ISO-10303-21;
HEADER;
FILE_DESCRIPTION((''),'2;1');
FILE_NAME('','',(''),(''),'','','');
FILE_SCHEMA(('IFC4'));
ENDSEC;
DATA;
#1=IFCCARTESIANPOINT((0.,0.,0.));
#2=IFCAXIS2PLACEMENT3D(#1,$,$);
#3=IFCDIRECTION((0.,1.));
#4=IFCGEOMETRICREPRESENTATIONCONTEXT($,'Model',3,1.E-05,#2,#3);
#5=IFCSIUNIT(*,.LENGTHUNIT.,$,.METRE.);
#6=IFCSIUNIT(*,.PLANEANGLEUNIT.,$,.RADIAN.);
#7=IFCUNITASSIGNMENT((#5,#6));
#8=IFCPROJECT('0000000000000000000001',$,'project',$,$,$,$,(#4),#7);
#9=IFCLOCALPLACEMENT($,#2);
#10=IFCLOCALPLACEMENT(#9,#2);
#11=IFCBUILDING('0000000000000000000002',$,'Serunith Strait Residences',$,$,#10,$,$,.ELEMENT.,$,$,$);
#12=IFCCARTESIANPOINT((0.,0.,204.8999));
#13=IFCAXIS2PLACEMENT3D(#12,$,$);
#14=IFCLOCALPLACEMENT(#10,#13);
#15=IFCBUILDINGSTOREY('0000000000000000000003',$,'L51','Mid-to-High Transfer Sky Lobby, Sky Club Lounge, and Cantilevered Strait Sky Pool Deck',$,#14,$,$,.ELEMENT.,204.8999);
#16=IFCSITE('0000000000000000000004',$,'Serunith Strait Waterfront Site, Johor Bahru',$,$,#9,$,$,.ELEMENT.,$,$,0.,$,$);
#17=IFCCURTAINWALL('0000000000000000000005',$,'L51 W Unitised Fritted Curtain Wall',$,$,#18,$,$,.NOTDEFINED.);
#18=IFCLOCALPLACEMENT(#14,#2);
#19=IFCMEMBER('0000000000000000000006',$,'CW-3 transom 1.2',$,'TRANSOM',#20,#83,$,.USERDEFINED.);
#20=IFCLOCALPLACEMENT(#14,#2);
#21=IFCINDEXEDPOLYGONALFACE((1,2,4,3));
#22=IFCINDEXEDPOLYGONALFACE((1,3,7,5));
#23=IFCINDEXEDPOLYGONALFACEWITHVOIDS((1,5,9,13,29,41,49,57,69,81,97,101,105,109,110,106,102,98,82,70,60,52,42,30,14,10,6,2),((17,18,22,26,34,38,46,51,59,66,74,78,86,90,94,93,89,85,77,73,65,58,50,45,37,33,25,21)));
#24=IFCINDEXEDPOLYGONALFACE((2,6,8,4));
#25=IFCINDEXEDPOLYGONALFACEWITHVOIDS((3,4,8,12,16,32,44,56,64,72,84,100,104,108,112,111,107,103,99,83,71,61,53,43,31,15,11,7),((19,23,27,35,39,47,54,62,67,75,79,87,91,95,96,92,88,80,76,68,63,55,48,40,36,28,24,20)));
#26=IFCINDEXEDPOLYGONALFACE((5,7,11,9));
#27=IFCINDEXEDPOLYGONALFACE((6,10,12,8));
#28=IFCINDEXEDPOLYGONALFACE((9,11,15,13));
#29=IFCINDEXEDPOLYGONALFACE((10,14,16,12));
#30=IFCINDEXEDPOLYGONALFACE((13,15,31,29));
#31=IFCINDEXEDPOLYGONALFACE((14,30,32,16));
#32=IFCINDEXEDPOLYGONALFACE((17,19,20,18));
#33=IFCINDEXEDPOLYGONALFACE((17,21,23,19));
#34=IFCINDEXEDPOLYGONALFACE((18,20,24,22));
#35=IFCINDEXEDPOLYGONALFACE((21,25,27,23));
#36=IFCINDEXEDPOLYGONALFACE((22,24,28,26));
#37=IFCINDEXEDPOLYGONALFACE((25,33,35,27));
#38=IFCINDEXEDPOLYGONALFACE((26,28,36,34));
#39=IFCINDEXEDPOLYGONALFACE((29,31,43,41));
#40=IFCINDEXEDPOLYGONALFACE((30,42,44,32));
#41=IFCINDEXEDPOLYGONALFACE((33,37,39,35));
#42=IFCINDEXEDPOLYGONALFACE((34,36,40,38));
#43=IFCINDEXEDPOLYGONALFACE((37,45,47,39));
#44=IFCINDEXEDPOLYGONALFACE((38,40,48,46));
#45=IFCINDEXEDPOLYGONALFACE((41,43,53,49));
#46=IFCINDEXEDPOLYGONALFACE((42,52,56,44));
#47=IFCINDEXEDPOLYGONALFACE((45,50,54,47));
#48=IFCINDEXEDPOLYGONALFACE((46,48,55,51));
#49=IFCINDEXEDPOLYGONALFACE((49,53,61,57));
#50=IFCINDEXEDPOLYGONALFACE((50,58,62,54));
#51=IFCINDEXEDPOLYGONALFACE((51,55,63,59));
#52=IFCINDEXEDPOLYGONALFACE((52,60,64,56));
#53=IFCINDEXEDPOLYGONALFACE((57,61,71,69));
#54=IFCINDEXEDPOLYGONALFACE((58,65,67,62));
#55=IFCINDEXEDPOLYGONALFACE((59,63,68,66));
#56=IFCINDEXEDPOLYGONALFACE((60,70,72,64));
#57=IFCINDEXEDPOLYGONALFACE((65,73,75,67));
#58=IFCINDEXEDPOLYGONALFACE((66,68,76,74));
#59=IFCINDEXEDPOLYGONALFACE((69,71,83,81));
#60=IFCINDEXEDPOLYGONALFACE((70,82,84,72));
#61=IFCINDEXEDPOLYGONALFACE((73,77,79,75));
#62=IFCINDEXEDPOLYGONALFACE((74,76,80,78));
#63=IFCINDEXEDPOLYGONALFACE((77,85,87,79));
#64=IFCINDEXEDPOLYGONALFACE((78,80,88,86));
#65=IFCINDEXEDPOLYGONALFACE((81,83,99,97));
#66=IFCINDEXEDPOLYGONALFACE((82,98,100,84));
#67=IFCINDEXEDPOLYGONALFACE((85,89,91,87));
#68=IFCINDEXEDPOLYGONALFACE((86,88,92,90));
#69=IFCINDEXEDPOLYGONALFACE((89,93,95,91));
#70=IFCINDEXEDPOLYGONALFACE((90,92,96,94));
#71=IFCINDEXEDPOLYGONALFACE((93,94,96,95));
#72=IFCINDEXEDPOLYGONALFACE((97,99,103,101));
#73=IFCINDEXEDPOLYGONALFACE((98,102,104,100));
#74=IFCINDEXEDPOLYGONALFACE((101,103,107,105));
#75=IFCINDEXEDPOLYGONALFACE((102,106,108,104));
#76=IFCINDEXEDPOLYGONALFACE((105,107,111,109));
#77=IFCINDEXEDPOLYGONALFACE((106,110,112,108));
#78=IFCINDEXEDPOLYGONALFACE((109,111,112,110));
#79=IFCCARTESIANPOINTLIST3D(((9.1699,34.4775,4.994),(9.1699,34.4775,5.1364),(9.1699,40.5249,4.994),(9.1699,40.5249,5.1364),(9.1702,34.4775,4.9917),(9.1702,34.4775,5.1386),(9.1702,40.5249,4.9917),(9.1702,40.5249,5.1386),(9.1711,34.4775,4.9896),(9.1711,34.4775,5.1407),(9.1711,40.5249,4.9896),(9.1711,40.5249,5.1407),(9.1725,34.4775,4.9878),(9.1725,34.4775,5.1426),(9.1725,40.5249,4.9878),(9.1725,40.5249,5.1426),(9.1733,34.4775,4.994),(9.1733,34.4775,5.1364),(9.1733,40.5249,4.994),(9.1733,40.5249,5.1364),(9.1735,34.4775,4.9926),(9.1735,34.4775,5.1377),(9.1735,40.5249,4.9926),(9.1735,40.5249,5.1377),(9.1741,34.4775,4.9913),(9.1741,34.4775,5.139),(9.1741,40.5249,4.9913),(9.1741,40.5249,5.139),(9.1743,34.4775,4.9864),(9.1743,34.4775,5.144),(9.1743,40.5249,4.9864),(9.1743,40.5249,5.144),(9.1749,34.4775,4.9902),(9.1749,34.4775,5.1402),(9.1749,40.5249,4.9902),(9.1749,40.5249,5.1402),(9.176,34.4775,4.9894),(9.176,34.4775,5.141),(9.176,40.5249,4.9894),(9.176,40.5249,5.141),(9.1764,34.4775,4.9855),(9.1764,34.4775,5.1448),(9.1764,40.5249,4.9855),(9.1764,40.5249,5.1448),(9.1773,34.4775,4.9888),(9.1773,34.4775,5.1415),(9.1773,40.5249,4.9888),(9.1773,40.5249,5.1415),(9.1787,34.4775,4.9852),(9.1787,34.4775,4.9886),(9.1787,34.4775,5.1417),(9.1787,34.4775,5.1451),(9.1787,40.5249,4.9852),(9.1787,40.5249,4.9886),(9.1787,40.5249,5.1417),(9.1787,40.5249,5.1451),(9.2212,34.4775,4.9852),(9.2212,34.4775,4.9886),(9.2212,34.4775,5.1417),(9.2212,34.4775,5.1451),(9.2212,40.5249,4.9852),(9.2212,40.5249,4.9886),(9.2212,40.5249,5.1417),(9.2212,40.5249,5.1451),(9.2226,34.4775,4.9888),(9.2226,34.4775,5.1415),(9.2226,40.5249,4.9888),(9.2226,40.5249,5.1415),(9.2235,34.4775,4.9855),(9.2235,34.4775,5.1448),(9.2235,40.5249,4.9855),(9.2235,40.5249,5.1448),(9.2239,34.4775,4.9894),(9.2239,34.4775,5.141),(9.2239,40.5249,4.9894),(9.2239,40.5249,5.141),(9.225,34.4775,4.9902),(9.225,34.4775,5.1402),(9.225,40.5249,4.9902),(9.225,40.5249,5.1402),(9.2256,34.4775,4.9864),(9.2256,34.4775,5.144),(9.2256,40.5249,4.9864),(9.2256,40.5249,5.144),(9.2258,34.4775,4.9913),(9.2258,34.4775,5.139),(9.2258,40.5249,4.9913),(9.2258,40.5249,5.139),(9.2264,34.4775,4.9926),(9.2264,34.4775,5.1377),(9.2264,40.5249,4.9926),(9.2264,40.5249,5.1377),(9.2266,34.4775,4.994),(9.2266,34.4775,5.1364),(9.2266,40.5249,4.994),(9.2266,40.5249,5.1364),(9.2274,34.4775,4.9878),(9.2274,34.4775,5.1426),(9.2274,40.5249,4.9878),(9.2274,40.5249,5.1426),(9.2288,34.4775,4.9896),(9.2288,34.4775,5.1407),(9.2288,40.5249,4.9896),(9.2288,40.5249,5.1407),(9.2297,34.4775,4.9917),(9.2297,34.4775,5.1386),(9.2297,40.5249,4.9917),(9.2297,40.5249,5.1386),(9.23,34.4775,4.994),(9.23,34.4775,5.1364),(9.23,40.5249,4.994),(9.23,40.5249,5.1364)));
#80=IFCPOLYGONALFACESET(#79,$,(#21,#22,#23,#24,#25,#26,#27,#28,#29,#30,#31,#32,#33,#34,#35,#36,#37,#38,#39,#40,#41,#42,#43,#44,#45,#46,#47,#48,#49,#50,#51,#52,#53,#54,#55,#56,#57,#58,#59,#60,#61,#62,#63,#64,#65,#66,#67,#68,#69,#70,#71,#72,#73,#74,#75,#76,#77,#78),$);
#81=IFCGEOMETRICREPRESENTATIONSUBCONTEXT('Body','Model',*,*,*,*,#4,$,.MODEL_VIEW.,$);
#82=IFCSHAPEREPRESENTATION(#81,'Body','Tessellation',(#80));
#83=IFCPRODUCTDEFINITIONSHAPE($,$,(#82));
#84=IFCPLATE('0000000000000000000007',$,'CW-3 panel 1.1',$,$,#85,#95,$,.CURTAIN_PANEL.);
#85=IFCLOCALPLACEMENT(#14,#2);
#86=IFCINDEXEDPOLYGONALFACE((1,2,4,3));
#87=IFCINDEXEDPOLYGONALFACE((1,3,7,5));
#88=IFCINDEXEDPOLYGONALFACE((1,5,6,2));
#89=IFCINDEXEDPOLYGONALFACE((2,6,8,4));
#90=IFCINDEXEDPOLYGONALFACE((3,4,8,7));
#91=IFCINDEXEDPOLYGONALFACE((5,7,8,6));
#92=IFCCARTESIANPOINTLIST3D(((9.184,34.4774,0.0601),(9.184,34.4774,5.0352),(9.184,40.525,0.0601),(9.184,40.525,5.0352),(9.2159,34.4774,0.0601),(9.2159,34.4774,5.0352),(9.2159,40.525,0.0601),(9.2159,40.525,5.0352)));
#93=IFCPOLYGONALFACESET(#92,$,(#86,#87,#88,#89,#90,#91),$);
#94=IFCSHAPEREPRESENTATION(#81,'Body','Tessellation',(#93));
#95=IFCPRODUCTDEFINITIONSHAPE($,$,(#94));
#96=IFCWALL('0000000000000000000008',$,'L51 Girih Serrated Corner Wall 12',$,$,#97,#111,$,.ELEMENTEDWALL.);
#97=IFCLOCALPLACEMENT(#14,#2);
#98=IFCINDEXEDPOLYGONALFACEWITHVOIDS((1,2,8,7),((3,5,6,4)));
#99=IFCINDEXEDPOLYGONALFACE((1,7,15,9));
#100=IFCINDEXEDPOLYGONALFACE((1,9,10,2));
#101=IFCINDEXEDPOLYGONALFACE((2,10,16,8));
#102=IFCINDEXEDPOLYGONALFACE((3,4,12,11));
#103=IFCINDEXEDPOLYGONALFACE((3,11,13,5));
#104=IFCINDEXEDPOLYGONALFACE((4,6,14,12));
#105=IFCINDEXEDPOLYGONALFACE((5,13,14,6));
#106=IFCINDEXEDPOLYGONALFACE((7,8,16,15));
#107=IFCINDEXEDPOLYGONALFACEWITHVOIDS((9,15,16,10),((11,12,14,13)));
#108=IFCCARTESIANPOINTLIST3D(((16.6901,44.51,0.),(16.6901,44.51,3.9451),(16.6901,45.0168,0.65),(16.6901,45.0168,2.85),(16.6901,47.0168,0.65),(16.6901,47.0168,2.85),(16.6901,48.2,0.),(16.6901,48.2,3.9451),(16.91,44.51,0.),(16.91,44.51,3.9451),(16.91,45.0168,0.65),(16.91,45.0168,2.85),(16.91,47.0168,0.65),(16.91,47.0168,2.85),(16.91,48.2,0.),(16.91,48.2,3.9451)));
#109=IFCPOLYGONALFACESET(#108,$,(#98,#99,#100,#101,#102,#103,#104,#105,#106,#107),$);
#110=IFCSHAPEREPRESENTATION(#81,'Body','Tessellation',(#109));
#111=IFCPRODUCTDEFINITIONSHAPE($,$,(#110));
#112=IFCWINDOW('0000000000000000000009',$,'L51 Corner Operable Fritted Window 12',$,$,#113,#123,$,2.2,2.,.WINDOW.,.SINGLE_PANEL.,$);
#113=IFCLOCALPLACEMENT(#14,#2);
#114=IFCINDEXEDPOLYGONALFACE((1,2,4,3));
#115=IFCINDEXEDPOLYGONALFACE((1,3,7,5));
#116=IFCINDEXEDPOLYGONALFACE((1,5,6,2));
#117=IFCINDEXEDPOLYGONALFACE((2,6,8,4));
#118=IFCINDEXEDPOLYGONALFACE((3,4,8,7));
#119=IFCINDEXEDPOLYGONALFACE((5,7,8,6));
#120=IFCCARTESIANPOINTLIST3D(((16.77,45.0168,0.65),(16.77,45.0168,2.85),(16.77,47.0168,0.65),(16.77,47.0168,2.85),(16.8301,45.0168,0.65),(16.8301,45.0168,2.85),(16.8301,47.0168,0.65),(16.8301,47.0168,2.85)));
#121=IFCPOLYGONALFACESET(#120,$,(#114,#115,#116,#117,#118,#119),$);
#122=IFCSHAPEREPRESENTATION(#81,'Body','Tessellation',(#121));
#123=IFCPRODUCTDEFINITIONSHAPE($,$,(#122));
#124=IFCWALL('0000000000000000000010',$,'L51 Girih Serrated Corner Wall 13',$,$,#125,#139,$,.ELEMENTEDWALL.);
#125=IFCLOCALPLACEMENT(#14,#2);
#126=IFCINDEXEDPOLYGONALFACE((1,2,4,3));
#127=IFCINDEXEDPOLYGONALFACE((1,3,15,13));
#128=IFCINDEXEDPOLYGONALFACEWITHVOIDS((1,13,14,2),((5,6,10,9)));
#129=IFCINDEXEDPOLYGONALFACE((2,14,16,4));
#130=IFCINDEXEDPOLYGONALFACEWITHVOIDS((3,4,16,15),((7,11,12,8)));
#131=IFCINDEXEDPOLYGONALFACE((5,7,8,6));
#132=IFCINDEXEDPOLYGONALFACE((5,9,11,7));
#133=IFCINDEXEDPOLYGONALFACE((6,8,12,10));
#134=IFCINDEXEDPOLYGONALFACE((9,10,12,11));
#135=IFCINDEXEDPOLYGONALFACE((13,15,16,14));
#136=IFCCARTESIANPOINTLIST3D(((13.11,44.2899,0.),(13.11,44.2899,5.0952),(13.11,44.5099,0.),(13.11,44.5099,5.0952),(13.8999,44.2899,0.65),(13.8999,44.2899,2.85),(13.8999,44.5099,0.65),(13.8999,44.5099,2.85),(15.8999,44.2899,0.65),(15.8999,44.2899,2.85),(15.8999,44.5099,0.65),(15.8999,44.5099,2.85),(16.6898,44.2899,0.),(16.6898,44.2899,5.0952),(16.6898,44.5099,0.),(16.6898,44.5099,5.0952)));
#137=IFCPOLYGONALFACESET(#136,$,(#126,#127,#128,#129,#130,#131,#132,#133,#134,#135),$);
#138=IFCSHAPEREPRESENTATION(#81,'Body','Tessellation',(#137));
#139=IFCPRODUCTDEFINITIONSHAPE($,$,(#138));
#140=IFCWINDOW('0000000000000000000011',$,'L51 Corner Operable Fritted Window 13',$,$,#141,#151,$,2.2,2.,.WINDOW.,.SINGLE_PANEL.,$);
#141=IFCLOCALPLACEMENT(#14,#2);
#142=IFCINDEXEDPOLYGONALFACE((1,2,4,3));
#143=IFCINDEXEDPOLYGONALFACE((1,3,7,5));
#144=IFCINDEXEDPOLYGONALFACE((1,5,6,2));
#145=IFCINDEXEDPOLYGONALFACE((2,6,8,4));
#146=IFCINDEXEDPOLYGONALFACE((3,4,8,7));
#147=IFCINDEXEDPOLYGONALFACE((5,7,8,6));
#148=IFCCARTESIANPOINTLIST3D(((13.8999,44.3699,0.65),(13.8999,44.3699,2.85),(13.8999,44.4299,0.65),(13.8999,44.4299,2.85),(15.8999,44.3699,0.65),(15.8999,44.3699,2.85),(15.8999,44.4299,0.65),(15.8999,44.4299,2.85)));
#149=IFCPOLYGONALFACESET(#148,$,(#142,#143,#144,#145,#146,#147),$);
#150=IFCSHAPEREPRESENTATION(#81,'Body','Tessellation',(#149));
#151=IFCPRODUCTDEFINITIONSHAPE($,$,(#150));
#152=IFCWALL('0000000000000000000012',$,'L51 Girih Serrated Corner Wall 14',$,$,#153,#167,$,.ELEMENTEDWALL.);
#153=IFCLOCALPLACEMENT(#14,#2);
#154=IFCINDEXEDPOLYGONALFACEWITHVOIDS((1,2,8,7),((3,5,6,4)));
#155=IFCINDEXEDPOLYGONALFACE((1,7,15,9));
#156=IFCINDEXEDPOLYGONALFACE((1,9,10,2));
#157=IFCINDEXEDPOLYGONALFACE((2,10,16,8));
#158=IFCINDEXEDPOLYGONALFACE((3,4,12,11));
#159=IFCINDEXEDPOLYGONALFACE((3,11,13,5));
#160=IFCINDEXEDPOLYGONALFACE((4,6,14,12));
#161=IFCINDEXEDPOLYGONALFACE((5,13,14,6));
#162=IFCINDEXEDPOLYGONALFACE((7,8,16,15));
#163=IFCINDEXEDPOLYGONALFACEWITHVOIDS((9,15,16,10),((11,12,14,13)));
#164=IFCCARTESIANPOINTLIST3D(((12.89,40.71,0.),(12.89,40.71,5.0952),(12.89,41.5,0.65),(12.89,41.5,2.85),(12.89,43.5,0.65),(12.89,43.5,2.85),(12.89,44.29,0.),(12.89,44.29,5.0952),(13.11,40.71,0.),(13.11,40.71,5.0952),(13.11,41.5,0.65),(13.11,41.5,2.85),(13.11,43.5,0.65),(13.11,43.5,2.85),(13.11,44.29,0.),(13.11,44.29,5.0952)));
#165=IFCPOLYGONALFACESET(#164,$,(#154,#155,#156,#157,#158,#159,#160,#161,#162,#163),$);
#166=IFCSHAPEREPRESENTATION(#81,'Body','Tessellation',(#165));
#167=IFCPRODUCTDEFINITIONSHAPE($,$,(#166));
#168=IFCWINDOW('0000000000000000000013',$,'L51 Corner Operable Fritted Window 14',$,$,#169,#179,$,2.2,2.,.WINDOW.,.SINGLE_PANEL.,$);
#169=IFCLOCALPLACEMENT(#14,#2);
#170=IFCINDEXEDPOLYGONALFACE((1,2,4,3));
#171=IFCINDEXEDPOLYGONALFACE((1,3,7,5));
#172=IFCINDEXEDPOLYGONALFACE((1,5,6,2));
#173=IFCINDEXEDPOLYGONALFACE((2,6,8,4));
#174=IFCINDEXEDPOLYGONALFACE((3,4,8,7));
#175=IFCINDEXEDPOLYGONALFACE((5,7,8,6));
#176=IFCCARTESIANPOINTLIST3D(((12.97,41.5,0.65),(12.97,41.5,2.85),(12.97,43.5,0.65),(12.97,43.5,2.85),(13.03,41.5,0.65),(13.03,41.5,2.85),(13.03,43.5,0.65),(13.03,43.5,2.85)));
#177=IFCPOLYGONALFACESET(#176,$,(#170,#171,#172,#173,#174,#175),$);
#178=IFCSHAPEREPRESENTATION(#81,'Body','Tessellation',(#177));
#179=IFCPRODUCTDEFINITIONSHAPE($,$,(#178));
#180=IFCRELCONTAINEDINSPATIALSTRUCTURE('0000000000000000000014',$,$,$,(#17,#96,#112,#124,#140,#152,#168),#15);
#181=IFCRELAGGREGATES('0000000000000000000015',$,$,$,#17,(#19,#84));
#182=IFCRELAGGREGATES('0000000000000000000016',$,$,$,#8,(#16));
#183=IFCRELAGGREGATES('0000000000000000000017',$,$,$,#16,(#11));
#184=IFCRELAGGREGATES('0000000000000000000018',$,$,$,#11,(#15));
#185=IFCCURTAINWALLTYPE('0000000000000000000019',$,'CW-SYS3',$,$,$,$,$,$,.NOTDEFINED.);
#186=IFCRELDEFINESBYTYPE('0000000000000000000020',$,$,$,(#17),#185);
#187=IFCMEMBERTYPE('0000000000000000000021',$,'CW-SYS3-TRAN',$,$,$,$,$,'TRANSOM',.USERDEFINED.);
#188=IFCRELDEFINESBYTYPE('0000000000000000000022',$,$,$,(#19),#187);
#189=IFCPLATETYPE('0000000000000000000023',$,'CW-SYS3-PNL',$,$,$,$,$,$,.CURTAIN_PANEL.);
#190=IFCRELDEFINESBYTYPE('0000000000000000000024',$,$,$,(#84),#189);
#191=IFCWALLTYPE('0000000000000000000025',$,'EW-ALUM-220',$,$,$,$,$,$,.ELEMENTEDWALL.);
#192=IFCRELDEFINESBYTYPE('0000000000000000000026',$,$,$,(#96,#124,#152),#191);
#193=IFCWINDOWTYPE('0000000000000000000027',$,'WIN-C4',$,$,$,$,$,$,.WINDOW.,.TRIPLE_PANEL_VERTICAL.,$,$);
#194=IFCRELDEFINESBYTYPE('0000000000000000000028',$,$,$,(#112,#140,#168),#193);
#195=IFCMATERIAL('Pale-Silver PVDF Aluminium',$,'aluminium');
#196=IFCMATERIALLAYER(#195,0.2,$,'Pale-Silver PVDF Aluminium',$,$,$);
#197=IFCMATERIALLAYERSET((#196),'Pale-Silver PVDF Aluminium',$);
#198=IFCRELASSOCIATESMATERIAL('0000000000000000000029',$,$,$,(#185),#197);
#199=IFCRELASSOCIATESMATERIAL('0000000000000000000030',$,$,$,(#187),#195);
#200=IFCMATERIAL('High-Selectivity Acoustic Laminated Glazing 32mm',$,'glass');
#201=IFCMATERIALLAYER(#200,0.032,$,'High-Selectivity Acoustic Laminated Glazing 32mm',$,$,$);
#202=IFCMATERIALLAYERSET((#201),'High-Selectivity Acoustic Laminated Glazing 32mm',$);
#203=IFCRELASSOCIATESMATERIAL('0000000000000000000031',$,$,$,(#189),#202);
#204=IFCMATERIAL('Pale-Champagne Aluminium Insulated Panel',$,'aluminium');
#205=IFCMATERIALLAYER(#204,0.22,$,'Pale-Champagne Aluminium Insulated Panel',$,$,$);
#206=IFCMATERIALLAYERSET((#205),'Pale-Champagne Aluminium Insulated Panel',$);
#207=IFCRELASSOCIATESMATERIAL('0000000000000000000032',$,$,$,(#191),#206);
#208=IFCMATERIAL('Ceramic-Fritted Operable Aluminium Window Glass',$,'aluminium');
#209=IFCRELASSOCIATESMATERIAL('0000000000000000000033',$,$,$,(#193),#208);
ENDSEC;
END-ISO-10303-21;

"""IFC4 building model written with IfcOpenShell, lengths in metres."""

from ifc_helpers import new_model, si_unit, direction, frame, frame_2d, origin, origin_2d, place, context, subcontext, project, spatial, rectangle, hollow_rectangle, extrude, source, transform, mapped, material, layer, layer_set, material_profile, profile_set, type_object, element, fill, aggregate, save


model = new_model("IFC4")

# Units and contexts
model_context = context("Model", 3, precision=1e-05, world=origin(), true_north=direction((0.0, 1.0)))
body_context = subcontext(model_context, "Body", "Model", "MODEL_VIEW")
ifc_project = project(units=[si_unit("LENGTHUNIT", "METRE"), si_unit("PLANEANGLEUNIT", "RADIAN")], contexts=[model_context])

# Site, building, storey
site_placement = place(None, origin())
site = spatial("IfcSite", under=ifc_project, at=site_placement, Name="Serunith Strait Waterfront Site, Johor Bahru", CompositionType="ELEMENT", RefElevation=0.0)
building_placement = place(site_placement, origin())
building = spatial("IfcBuilding", under=site, at=building_placement, Name="Serunith Strait Residences", CompositionType="ELEMENT")
storey_placement = place(building_placement, frame((0.0, 0.0, 204.8999)))
storey = spatial("IfcBuildingStorey", under=building, at=storey_placement, Name="L51", Description="Mid-to-High Transfer Sky Lobby, Sky Club Lounge, and Cantilevered Strait Sky Pool Deck", CompositionType="ELEMENT", Elevation=204.8999)

# Shared definitions
ifc_material_1 = material(Name="Pale-Silver PVDF Aluminium", Category="aluminium")
ifc_layer_1 = layer(ifc_material_1, 0.2, Name="Pale-Silver PVDF Aluminium")
ifc_layer_set_1 = layer_set([ifc_layer_1], Name="Pale-Silver PVDF Aluminium")
curtain_wall_type = type_object("IfcCurtainWallType", Name="CW-SYS3", PredefinedType="NOTDEFINED", material=ifc_layer_set_1)

# Curtain wall, member, plate
curtain_wall_1_placement = place(storey_placement, origin())
curtain_wall_1 = element("IfcCurtainWall", 1, at=curtain_wall_1_placement, inside=storey, type_object=curtain_wall_type, Name="L51 W Unitised Fritted Curtain Wall", PredefinedType="NOTDEFINED")
ifc_material_profile_1 = material_profile(ifc_material_1, hollow_rectangle(XDim=0.0601, YDim=0.1599, WallThickness=0.0034, InnerFilletRadius=0.0054, OuterFilletRadius=0.0088, at=origin_2d()), Name="ALU 160x60x3.5")
ifc_profile_set_1 = profile_set([ifc_material_profile_1], Name="Pale-Silver PVDF Aluminium")
member_type_1 = type_object("IfcMemberType", Name="CW-SYS3-TRAN", ElementType="TRANSOM", PredefinedType="USERDEFINED", material=ifc_profile_set_1)
shared_shape_1 = source(origin(), body_context, "Body", "SweptSolid", [
    extrude(hollow_rectangle(XDim=0.0601, YDim=0.1599, WallThickness=0.0034, InnerFilletRadius=0.0054, OuterFilletRadius=0.0088, at=origin_2d()), origin(), (0.0, 0.0, 1.0), 6.0474),
])
member_1_placement = place(storey_placement, frame((9.2, 40.5249, 5.0652), z_axis=(0.0, -1.0, 0.0), x_axis=(1.0, 0.0, 0.0)))
member_1 = element("IfcMember", 2, at=member_1_placement, type_object=member_type_1, Name="CW-3 transom 1.2", ObjectType="TRANSOM", PredefinedType="USERDEFINED", context=body_context, shape_type="MappedRepresentation", body=[
    mapped(shared_shape_1, transform((0.0, 0.0, 0.0), scale=1.0)),
])
ifc_material_2 = material(Name="High-Selectivity Acoustic Laminated Glazing 32mm", Category="glass")
ifc_layer_2 = layer(ifc_material_2, 0.032, Name="High-Selectivity Acoustic Laminated Glazing 32mm")
ifc_layer_set_2 = layer_set([ifc_layer_2], Name="High-Selectivity Acoustic Laminated Glazing 32mm")
plate_type = type_object("IfcPlateType", Name="CW-SYS3-PNL", PredefinedType="CURTAIN_PANEL", material=ifc_layer_set_2)
shared_shape_2 = source(origin(), body_context, "Body", "SweptSolid", [
    extrude(rectangle(XDim=6.0476, YDim=0.032, at=origin_2d()), origin(), (0.0, 0.0, 1.0), 4.9751),
])
plate_placement = place(storey_placement, frame((9.2, 37.5012, 0.0601), z_axis=(0.0, 0.0, 1.0), x_axis=(0.0, -1.0, 0.0)))
plate = element("IfcPlate", 3, at=plate_placement, type_object=plate_type, Name="CW-3 panel 1.1", PredefinedType="CURTAIN_PANEL", context=body_context, shape_type="MappedRepresentation", body=[
    mapped(shared_shape_2, transform((0.0, 0.0, 0.0), scale=1.0)),
])
aggregate(curtain_wall_1, [member_1, plate])

# Walls, openings, windows
ifc_material_3 = material(Name="Pale-Champagne Aluminium Insulated Panel", Category="aluminium")
ifc_layer_3 = layer(ifc_material_3, 0.22, Name="Pale-Champagne Aluminium Insulated Panel")
ifc_layer_set_3 = layer_set([ifc_layer_3], Name="Pale-Champagne Aluminium Insulated Panel")
wall_type = type_object("IfcWallType", Name="EW-ALUM-220", PredefinedType="ELEMENTEDWALL", material=ifc_layer_set_3)
wall_1_placement = place(storey_placement, frame((16.8, 48.2, 0.0), z_axis=(0.0, 0.0, 1.0), x_axis=(0.0, -1.0, 0.0)))
wall_1 = element("IfcWall", 4, at=wall_1_placement, inside=storey, type_object=wall_type, Name="L51 Girih Serrated Corner Wall 12", PredefinedType="ELEMENTEDWALL", context=body_context, shape_type="SweptSolid", body=[
    extrude(rectangle(XDim=3.6899, YDim=0.22, at=frame_2d((1.845, 0.0))), origin(), (0.0, 0.0, 1.0), 3.9451),
])
opening_1_placement = place(wall_1_placement, frame((1.1831, 0.0, 0.6499)))
opening_1 = element("IfcOpeningElement", 5, at=opening_1_placement, cuts=wall_1, PredefinedType="OPENING", context=body_context, shape_type="SweptSolid", body=[
    extrude(rectangle(XDim=2.0, YDim=2.2, at=frame_2d((1.0, 1.1001))), frame((0.0, 0.1201, 0.0), z_axis=(0.0, -1.0, 0.0), x_axis=(1.0, 0.0, 0.0)), (0.0, 0.0, 1.0), 0.24),
])
ifc_material_4 = material(Name="Ceramic-Fritted Operable Aluminium Window Glass", Category="aluminium")
window_type = type_object("IfcWindowType", Name="WIN-C4", PartitioningType="TRIPLE_PANEL_VERTICAL", PredefinedType="WINDOW", material=ifc_material_4)
shared_shape_3 = source(origin(), body_context, "Body", "SweptSolid", [
    extrude(rectangle(XDim=2.0, YDim=2.2, at=frame_2d((1.0, 1.1001))), frame((0.0, 0.03, 0.0), z_axis=(0.0, -1.0, 0.0), x_axis=(1.0, 0.0, 0.0)), (0.0, 0.0, 1.0), 0.0601),
])
window_1_placement = place(opening_1_placement, origin())
window_1 = element("IfcWindow", 6, at=window_1_placement, inside=storey, type_object=window_type, Name="L51 Corner Operable Fritted Window 12", OverallHeight=2.2, OverallWidth=2.0, PartitioningType="SINGLE_PANEL", PredefinedType="WINDOW", context=body_context, shape_type="MappedRepresentation", body=[
    mapped(shared_shape_3, transform((0.0, 0.0, 0.0), scale=1.0)),
])
fill(opening_1, window_1)
wall_2_placement = place(storey_placement, frame((16.6899, 44.3999, 0.0), z_axis=(0.0, 0.0, 1.0), x_axis=(-1.0, 0.0, 0.0)))
wall_2 = element("IfcWall", 7, at=wall_2_placement, inside=storey, type_object=wall_type, Name="L51 Girih Serrated Corner Wall 13", PredefinedType="ELEMENTEDWALL", context=body_context, shape_type="SweptSolid", body=[
    extrude(rectangle(XDim=3.5798, YDim=0.22, at=frame_2d((1.79, 0.0))), origin(), (0.0, 0.0, 1.0), 5.0952),
])
opening_2_placement = place(wall_2_placement, frame((0.79, 0.0, 0.6499)))
opening_2 = element("IfcOpeningElement", 8, at=opening_2_placement, cuts=wall_2, PredefinedType="OPENING", context=body_context, shape_type="SweptSolid", body=[
    extrude(rectangle(XDim=2.0, YDim=2.2, at=frame_2d((1.0, 1.1001))), frame((0.0, 0.1201, 0.0), z_axis=(0.0, -1.0, 0.0), x_axis=(1.0, 0.0, 0.0)), (0.0, 0.0, 1.0), 0.24),
])
window_2_placement = place(opening_2_placement, origin())
window_2 = element("IfcWindow", 9, at=window_2_placement, inside=storey, type_object=window_type, Name="L51 Corner Operable Fritted Window 13", OverallHeight=2.2, OverallWidth=2.0, PartitioningType="SINGLE_PANEL", PredefinedType="WINDOW", context=body_context, shape_type="MappedRepresentation", body=[
    mapped(shared_shape_3, transform((0.0, 0.0, 0.0), scale=1.0)),
])
fill(opening_2, window_2)
wall_3_placement = place(storey_placement, frame((13.0, 44.29, 0.0), z_axis=(0.0, 0.0, 1.0), x_axis=(0.0, -1.0, 0.0)))
wall_3 = element("IfcWall", 10, at=wall_3_placement, inside=storey, type_object=wall_type, Name="L51 Girih Serrated Corner Wall 14", PredefinedType="ELEMENTEDWALL", context=body_context, shape_type="SweptSolid", body=[
    extrude(rectangle(XDim=3.5801, YDim=0.22, at=frame_2d((1.79, 0.0))), origin(), (0.0, 0.0, 1.0), 5.0952),
])
opening_3_placement = place(wall_3_placement, frame((0.79, 0.0, 0.6499)))
opening_3 = element("IfcOpeningElement", 11, at=opening_3_placement, cuts=wall_3, PredefinedType="OPENING", context=body_context, shape_type="SweptSolid", body=[
    extrude(rectangle(XDim=2.0, YDim=2.2, at=frame_2d((1.0, 1.1001))), frame((0.0, 0.1201, 0.0), z_axis=(0.0, -1.0, 0.0), x_axis=(1.0, 0.0, 0.0)), (0.0, 0.0, 1.0), 0.24),
])
window_3_placement = place(opening_3_placement, origin())
window_3 = element("IfcWindow", 12, at=window_3_placement, inside=storey, type_object=window_type, Name="L51 Corner Operable Fritted Window 14", OverallHeight=2.2, OverallWidth=2.0, PartitioningType="SINGLE_PANEL", PredefinedType="WINDOW", context=body_context, shape_type="MappedRepresentation", body=[
    mapped(shared_shape_3, transform((0.0, 0.0, 0.0), scale=1.0)),
])
fill(opening_3, window_3)

save(model, "model.ifc")
